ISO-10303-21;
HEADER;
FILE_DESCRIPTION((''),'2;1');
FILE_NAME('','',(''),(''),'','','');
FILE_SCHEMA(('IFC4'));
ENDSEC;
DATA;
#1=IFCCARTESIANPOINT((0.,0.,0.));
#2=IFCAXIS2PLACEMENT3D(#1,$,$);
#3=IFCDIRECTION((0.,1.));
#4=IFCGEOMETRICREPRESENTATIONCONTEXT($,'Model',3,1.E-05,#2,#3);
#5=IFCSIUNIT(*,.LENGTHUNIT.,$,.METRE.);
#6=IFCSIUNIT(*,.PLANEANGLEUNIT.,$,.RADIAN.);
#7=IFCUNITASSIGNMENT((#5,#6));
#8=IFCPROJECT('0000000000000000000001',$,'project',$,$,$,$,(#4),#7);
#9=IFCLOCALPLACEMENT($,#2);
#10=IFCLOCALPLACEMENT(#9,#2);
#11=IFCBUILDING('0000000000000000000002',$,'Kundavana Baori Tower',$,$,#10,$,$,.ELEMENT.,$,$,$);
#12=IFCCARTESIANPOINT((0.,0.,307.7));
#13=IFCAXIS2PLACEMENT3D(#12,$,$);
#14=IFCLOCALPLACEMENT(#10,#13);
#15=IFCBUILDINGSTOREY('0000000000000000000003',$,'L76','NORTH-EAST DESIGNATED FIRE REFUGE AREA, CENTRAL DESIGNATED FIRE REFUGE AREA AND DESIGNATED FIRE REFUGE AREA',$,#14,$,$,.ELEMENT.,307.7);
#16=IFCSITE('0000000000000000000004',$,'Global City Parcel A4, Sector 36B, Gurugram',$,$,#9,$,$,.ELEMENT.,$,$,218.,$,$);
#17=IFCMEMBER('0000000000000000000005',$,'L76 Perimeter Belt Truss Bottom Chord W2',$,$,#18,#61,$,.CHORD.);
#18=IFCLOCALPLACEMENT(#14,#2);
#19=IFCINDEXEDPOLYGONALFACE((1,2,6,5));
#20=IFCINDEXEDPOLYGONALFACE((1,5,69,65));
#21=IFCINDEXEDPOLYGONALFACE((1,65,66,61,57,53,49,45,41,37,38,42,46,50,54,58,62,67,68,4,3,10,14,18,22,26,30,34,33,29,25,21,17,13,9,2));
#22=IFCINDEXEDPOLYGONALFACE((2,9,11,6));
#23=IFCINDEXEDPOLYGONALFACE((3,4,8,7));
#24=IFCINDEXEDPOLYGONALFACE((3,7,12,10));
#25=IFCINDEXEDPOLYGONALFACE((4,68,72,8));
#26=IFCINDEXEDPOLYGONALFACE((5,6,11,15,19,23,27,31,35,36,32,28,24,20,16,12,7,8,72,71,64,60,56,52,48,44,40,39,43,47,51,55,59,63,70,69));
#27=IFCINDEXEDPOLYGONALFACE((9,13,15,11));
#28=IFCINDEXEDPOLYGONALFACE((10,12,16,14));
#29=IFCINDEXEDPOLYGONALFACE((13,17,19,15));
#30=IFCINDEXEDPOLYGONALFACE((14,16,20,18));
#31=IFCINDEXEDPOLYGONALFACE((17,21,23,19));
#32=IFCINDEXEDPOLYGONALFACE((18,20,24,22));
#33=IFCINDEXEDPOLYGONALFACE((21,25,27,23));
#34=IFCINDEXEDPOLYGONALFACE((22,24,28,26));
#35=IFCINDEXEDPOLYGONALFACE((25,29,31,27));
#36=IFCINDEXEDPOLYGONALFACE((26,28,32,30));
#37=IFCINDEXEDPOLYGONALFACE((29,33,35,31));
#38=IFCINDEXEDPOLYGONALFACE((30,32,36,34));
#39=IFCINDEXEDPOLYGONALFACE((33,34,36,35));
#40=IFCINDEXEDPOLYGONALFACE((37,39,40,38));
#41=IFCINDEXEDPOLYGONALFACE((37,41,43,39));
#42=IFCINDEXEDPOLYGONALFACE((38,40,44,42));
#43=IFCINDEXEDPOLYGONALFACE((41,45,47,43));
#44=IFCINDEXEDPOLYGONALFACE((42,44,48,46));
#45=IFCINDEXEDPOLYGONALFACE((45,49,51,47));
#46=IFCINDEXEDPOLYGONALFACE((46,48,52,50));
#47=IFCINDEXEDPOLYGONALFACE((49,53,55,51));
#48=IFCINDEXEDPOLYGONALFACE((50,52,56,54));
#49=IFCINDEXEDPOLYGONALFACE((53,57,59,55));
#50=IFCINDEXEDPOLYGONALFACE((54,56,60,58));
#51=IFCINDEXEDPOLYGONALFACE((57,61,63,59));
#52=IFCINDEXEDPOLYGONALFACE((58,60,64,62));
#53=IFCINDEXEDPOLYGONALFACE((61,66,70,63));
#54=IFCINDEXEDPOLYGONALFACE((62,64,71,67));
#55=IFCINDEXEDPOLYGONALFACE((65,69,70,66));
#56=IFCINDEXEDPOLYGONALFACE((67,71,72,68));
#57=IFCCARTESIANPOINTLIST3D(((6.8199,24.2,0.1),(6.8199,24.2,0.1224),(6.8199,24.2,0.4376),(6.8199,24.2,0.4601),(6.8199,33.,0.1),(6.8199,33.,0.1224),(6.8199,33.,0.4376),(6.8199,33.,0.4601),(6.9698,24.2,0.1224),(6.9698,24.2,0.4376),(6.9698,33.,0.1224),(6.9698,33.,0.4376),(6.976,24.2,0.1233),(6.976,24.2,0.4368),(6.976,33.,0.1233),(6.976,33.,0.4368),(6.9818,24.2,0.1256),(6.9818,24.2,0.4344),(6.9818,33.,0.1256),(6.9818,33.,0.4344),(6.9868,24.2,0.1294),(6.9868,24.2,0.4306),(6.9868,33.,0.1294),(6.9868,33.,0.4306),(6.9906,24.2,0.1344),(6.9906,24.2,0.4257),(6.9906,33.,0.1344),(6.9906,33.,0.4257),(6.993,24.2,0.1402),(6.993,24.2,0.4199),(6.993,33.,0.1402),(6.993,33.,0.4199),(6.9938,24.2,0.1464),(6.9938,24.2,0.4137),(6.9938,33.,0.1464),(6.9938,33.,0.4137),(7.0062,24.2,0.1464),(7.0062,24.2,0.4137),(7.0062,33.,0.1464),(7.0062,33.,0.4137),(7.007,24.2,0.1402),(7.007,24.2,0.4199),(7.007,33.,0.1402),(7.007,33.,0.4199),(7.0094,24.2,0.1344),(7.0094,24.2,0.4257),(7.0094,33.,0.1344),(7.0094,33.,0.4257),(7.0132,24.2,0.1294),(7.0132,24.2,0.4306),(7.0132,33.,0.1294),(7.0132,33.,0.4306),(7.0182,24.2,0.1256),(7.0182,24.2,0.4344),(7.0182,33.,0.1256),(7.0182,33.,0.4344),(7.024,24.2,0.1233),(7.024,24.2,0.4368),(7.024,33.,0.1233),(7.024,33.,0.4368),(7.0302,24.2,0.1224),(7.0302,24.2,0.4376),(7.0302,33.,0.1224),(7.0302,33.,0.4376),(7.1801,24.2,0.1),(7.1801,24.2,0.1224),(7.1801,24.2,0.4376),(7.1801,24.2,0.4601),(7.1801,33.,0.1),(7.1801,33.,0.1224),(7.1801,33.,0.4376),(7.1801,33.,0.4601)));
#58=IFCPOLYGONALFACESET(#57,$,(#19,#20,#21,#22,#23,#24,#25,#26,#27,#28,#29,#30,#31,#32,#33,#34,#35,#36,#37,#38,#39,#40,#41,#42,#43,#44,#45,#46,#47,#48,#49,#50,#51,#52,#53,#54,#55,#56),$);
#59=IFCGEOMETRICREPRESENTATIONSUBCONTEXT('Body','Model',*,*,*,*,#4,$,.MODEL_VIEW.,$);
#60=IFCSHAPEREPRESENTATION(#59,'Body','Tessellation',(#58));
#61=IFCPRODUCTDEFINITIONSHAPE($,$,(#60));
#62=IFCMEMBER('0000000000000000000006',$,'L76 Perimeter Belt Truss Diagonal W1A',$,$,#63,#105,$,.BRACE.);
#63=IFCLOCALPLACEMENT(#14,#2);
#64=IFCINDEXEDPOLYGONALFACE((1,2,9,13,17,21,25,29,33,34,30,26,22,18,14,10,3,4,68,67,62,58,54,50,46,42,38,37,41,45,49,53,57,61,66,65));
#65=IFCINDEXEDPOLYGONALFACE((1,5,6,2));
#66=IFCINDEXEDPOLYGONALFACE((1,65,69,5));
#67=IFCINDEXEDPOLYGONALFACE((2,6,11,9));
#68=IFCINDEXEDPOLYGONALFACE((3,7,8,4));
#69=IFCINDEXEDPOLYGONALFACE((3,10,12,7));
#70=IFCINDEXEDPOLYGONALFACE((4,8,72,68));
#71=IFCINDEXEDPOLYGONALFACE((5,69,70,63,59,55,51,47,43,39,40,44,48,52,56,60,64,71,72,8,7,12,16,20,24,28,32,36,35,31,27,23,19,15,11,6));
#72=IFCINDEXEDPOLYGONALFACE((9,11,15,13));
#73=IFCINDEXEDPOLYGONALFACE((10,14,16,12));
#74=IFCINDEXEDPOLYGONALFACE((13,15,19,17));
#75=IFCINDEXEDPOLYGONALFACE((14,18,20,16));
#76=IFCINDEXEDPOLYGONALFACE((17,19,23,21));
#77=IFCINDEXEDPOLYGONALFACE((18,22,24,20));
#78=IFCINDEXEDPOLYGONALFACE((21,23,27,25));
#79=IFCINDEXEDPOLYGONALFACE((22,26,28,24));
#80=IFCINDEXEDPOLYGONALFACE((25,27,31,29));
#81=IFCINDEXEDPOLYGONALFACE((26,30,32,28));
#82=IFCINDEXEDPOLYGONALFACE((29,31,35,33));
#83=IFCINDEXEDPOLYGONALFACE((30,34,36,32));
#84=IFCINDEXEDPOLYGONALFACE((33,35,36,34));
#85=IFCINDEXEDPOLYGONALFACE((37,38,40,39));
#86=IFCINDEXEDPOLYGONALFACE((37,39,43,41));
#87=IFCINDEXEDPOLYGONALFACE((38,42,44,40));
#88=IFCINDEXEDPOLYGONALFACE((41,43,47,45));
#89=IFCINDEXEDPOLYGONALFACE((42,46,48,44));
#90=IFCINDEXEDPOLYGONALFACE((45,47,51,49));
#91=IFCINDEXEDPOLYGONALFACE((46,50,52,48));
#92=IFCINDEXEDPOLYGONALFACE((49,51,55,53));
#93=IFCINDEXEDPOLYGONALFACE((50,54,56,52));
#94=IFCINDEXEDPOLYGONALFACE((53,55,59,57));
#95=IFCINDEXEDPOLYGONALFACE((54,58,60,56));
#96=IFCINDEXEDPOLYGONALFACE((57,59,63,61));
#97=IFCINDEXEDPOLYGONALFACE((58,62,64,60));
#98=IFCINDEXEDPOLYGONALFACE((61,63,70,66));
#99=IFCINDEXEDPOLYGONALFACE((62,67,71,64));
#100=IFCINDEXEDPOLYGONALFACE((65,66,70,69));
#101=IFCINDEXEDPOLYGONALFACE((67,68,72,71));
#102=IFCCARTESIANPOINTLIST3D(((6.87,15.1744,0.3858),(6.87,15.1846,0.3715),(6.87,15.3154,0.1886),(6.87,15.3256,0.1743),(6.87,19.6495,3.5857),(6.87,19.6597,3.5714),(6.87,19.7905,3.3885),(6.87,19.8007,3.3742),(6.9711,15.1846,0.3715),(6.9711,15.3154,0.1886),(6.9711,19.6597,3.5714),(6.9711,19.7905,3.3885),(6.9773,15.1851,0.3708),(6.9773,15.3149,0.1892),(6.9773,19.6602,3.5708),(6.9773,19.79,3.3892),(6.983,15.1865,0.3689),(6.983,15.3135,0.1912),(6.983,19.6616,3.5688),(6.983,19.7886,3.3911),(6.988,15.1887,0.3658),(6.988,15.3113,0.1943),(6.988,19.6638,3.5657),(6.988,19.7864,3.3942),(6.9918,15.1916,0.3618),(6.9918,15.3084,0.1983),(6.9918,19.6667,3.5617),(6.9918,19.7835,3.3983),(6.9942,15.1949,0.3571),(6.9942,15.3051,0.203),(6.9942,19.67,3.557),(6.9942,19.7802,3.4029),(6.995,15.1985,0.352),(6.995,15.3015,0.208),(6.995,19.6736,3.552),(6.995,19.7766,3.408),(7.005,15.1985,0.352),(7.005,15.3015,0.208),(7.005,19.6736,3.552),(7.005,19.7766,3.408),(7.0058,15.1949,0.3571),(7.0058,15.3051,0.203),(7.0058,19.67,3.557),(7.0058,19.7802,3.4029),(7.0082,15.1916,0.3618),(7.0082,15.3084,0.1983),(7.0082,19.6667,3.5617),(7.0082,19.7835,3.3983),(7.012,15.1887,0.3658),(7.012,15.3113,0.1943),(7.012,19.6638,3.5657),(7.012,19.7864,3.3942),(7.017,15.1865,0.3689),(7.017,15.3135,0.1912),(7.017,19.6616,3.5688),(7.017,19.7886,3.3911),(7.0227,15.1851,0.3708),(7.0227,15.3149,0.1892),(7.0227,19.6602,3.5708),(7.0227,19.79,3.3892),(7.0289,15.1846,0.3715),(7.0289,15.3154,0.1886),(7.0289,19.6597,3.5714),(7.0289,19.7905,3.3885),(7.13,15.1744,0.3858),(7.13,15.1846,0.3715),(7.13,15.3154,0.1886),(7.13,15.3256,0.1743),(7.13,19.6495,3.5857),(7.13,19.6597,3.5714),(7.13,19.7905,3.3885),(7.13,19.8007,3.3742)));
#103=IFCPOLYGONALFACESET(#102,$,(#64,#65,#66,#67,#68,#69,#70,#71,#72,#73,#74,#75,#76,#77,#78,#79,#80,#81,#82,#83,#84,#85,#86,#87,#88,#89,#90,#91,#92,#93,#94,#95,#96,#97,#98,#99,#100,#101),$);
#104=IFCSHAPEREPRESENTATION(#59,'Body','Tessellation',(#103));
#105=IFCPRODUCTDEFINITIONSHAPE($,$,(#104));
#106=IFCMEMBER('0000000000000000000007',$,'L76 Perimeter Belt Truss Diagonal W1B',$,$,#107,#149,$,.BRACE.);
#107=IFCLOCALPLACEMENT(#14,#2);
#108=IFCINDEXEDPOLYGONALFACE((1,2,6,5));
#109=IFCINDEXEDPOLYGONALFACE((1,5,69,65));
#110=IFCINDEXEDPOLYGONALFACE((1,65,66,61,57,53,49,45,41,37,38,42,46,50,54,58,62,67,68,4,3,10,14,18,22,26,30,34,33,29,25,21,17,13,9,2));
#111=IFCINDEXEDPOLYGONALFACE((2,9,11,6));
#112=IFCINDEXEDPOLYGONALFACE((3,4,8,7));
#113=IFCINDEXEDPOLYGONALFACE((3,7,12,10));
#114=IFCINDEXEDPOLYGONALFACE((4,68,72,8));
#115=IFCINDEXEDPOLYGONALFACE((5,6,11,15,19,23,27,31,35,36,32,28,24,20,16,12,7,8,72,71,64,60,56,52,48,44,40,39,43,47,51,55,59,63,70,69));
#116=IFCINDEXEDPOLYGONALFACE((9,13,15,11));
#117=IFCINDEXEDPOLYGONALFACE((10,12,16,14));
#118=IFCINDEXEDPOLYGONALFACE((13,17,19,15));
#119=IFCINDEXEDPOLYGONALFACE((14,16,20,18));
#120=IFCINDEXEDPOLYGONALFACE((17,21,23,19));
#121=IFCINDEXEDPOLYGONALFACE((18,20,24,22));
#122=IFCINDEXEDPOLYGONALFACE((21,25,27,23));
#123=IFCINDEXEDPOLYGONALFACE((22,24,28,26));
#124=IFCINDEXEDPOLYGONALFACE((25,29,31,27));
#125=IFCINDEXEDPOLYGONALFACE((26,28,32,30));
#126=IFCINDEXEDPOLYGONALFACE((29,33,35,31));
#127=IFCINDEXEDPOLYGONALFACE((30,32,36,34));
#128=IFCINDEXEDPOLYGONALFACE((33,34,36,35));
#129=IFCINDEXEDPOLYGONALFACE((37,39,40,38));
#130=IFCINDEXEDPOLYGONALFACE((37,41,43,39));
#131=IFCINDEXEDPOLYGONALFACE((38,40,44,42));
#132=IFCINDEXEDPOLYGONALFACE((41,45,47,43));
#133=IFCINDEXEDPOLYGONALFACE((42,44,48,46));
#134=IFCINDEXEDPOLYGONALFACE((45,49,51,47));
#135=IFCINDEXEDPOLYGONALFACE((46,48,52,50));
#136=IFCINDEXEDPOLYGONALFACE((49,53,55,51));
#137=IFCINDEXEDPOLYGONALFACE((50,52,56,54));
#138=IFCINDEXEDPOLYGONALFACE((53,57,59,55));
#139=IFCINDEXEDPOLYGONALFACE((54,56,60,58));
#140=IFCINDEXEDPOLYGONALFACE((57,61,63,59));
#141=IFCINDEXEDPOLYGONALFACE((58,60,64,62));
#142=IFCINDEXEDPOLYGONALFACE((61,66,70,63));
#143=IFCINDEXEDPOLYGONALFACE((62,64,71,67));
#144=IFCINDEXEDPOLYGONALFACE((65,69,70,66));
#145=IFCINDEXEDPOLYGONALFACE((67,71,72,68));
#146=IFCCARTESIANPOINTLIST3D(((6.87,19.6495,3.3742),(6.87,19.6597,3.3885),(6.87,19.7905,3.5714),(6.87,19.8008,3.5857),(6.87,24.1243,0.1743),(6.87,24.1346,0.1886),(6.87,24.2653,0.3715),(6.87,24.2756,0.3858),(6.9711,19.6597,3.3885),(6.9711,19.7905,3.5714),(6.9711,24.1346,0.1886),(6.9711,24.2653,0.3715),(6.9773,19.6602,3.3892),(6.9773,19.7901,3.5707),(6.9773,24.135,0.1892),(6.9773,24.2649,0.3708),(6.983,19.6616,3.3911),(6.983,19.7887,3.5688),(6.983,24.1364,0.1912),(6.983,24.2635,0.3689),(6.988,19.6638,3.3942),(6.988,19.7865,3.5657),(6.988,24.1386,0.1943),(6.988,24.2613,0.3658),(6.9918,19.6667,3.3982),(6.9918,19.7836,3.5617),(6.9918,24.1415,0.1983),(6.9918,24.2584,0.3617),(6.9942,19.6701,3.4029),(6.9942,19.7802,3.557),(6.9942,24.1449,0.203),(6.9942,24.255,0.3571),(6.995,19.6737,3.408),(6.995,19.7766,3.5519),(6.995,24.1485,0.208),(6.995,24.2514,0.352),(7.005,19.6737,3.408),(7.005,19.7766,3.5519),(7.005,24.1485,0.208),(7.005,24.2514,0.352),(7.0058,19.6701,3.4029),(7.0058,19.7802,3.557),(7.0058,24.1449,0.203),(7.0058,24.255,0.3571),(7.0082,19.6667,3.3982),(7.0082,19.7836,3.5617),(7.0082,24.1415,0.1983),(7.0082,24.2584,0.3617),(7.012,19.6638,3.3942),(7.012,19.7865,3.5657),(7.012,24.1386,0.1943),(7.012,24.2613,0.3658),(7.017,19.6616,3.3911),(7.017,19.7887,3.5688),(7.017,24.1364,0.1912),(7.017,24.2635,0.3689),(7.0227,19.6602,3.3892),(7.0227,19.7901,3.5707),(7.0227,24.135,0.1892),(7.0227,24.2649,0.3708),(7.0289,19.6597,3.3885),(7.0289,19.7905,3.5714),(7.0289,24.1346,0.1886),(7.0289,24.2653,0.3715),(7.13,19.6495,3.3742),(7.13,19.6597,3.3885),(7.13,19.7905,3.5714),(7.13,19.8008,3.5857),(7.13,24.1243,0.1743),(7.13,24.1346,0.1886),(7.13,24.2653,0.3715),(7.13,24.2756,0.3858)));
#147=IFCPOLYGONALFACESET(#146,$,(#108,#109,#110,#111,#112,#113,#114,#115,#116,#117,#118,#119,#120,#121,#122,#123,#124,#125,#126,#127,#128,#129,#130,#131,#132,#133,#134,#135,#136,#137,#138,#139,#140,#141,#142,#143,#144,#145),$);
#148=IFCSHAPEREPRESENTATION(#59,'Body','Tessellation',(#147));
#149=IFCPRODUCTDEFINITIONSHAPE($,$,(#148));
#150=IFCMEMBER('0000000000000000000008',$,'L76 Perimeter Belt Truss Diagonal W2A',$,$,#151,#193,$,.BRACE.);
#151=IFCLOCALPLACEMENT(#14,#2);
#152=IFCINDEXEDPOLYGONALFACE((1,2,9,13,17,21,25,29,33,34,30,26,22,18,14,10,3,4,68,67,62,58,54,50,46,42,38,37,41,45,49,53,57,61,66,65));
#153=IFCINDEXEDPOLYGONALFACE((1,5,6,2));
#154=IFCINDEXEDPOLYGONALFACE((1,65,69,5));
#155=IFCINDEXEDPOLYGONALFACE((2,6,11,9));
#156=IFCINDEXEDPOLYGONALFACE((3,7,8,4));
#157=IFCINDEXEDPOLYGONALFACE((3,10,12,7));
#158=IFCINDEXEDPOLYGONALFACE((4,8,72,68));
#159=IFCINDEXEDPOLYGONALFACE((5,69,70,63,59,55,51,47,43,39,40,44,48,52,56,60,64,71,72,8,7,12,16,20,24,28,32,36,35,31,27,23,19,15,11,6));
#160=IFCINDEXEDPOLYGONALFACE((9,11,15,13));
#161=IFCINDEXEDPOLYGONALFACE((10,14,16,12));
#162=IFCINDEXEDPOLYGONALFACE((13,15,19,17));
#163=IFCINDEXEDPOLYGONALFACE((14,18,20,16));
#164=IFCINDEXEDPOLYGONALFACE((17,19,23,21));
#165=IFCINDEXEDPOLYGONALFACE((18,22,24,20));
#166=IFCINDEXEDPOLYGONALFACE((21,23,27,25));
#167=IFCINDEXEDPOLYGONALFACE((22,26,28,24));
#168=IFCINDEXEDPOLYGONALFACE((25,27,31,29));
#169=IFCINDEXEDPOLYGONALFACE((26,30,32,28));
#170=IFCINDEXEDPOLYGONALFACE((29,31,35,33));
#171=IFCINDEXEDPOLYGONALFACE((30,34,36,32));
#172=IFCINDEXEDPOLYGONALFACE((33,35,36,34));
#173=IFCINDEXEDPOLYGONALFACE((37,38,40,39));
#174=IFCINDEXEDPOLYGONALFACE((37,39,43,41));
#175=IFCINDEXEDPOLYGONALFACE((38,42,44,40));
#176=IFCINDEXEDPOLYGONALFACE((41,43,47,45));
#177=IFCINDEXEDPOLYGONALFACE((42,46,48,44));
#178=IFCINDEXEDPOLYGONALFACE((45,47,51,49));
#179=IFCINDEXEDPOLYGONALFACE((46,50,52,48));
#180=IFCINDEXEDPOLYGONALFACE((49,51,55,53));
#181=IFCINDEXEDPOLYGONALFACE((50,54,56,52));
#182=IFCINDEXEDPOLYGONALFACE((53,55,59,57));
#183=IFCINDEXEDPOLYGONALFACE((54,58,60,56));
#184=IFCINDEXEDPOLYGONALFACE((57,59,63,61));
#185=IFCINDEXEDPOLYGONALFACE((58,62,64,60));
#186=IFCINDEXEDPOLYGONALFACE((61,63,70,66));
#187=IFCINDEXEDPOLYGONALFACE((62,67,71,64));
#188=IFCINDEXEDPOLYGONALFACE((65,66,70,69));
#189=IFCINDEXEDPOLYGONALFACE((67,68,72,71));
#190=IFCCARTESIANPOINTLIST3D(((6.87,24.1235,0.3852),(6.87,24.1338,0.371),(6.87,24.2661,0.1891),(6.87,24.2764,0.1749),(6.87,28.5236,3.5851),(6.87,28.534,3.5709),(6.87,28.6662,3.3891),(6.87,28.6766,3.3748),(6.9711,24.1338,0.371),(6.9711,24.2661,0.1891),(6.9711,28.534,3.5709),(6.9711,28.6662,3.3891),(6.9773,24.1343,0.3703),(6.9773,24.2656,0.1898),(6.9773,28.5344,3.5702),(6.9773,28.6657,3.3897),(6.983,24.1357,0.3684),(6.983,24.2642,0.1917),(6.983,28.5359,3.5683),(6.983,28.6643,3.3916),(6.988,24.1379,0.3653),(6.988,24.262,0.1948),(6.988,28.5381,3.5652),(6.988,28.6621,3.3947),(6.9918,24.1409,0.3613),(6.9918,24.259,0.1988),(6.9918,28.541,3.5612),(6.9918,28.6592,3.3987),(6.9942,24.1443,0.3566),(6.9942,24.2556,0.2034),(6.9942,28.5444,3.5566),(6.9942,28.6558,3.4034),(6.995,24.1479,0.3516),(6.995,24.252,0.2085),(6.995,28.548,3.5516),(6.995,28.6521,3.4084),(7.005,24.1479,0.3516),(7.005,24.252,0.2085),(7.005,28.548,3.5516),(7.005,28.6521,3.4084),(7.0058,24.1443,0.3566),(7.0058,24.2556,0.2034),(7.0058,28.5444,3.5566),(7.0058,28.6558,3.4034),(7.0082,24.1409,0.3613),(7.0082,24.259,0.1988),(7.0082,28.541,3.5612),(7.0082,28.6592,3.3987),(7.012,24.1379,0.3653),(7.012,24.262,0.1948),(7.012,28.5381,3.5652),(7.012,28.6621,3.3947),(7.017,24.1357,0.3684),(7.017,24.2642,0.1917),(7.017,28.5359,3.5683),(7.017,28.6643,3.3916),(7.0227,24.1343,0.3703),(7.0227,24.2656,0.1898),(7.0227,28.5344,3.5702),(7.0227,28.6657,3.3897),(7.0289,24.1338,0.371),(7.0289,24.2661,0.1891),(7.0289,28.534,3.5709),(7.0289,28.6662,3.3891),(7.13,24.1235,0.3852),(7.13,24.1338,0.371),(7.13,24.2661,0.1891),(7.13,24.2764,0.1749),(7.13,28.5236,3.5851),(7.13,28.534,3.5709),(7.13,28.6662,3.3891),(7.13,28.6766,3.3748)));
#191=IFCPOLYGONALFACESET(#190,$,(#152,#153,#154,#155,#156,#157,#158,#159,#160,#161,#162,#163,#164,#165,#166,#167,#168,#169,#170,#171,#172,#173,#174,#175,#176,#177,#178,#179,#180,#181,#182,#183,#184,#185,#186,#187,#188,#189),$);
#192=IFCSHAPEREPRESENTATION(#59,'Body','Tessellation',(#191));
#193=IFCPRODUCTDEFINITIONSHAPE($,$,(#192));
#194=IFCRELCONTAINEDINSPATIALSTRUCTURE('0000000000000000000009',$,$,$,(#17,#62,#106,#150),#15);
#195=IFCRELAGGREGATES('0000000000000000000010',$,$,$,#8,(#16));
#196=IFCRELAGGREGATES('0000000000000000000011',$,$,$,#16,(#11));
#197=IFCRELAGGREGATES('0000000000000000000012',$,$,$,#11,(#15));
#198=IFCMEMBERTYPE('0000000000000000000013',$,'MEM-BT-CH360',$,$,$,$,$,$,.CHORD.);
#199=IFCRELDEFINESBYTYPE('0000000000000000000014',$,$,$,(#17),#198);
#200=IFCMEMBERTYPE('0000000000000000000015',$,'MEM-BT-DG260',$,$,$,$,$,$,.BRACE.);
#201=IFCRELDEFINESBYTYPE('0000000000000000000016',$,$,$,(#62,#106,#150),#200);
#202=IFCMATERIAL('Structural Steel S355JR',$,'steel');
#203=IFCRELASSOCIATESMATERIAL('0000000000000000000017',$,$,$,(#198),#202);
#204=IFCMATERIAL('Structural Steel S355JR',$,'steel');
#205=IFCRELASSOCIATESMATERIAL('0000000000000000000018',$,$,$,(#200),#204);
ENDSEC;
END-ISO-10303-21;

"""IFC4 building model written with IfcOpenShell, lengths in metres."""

from ifc_helpers import new_model, si_unit, direction, frame, origin, origin_2d, place, context, subcontext, project, spatial, i_section, extrude, material, material_profile, profile_set, type_object, element, save


model = new_model("IFC4")

# Units and contexts
model_context = context("Model", 3, precision=1e-05, world=origin(), true_north=direction((0.0, 1.0)))
body_context = subcontext(model_context, "Body", "Model", "MODEL_VIEW")
ifc_project = project(units=[si_unit("LENGTHUNIT", "METRE"), si_unit("PLANEANGLEUNIT", "RADIAN")], contexts=[model_context])

# Site, building, storey
site_placement = place(None, origin())
site = spatial("IfcSite", under=ifc_project, at=site_placement, Name="Global City Parcel A4, Sector 36B, Gurugram", CompositionType="ELEMENT", RefElevation=218.0)
building_placement = place(site_placement, origin())
building = spatial("IfcBuilding", under=site, at=building_placement, Name="Kundavana Baori Tower", CompositionType="ELEMENT")
storey_placement = place(building_placement, frame((0.0, 0.0, 307.7)))
storey = spatial("IfcBuildingStorey", under=building, at=storey_placement, Name="L76", Description="NORTH-EAST DESIGNATED FIRE REFUGE AREA, CENTRAL DESIGNATED FIRE REFUGE AREA AND DESIGNATED FIRE REFUGE AREA", CompositionType="ELEMENT", Elevation=307.7)

# Members
ifc_material_1 = material(Name="Structural Steel S355JR", Category="steel")
ifc_material_profile_1 = material_profile(ifc_material_1, i_section(OverallWidth=0.3601, OverallDepth=0.3601, WebThickness=0.0125, FlangeThickness=0.0225, FilletRadius=0.0239, at=origin_2d()), Name="WPB 360x360x142")
ifc_profile_set_1 = profile_set([ifc_material_profile_1], Name="Structural Steel S355JR")
member_type_1 = type_object("IfcMemberType", Name="MEM-BT-CH360", PredefinedType="CHORD", material=ifc_profile_set_1)
member_1_placement = place(storey_placement, frame((7.0, 24.2, 0.28), z_axis=(0.0, 1.0, 0.0), x_axis=(-1.0, 0.0, 0.0)))
element("IfcMember", 1, at=member_1_placement, inside=storey, type_object=member_type_1, Name="L76 Perimeter Belt Truss Bottom Chord W2", PredefinedType="CHORD", context=body_context, shape_type="SweptSolid", body=[
    extrude(i_section(OverallWidth=0.3601, OverallDepth=0.3601, WebThickness=0.0125, FlangeThickness=0.0225, FilletRadius=0.0239, at=origin_2d()), origin(), (0.0, 0.0, 1.0), 8.8),
])
ifc_material_2 = material(Name="Structural Steel S355JR", Category="steel")
ifc_material_profile_2 = material_profile(ifc_material_2, i_section(OverallWidth=0.26, OverallDepth=0.26, WebThickness=0.01, FlangeThickness=0.0176, FilletRadius=0.0239, at=origin_2d()), Name="WPB 260x260x93")
ifc_profile_set_2 = profile_set([ifc_material_profile_2], Name="Structural Steel S355JR")
member_type_2 = type_object("IfcMemberType", Name="MEM-BT-DG260", PredefinedType="BRACE", material=ifc_profile_set_2)
member_2_placement = place(storey_placement, frame((7.0, 15.25, 0.28), z_axis=(0.0, 0.813437, 0.581654), x_axis=(-1.0, 0.0, 0.0)))
element("IfcMember", 2, at=member_2_placement, inside=storey, type_object=member_type_2, Name="L76 Perimeter Belt Truss Diagonal W1A", PredefinedType="BRACE", context=body_context, shape_type="SweptSolid", body=[
    extrude(i_section(OverallWidth=0.26, OverallDepth=0.26, WebThickness=0.01, FlangeThickness=0.0176, FilletRadius=0.0239, at=origin_2d()), origin(), (0.0, 0.0, 1.0), 5.5015),
])
member_3_placement = place(storey_placement, frame((7.0, 24.2, 0.28), z_axis=(0.0, -0.813422, 0.581675), x_axis=(1.0, 0.0, 0.0)))
element("IfcMember", 3, at=member_3_placement, inside=storey, type_object=member_type_2, Name="L76 Perimeter Belt Truss Diagonal W1B", PredefinedType="BRACE", context=body_context, shape_type="SweptSolid", body=[
    extrude(i_section(OverallWidth=0.26, OverallDepth=0.26, WebThickness=0.01, FlangeThickness=0.0176, FilletRadius=0.0239, at=origin_2d()), origin(), (0.0, 0.0, 1.0), 5.5012),
])
member_4_placement = place(storey_placement, frame((7.0, 24.2, 0.28), z_axis=(0.0, 0.80875, 0.588153), x_axis=(-1.0, 0.0, 0.0)))
element("IfcMember", 4, at=member_4_placement, inside=storey, type_object=member_type_2, Name="L76 Perimeter Belt Truss Diagonal W2A", PredefinedType="BRACE", context=body_context, shape_type="SweptSolid", body=[
    extrude(i_section(OverallWidth=0.26, OverallDepth=0.26, WebThickness=0.01, FlangeThickness=0.0176, FilletRadius=0.0239, at=origin_2d()), origin(), (0.0, 0.0, 1.0), 5.4407),
])

save(model, "model.ifc")
